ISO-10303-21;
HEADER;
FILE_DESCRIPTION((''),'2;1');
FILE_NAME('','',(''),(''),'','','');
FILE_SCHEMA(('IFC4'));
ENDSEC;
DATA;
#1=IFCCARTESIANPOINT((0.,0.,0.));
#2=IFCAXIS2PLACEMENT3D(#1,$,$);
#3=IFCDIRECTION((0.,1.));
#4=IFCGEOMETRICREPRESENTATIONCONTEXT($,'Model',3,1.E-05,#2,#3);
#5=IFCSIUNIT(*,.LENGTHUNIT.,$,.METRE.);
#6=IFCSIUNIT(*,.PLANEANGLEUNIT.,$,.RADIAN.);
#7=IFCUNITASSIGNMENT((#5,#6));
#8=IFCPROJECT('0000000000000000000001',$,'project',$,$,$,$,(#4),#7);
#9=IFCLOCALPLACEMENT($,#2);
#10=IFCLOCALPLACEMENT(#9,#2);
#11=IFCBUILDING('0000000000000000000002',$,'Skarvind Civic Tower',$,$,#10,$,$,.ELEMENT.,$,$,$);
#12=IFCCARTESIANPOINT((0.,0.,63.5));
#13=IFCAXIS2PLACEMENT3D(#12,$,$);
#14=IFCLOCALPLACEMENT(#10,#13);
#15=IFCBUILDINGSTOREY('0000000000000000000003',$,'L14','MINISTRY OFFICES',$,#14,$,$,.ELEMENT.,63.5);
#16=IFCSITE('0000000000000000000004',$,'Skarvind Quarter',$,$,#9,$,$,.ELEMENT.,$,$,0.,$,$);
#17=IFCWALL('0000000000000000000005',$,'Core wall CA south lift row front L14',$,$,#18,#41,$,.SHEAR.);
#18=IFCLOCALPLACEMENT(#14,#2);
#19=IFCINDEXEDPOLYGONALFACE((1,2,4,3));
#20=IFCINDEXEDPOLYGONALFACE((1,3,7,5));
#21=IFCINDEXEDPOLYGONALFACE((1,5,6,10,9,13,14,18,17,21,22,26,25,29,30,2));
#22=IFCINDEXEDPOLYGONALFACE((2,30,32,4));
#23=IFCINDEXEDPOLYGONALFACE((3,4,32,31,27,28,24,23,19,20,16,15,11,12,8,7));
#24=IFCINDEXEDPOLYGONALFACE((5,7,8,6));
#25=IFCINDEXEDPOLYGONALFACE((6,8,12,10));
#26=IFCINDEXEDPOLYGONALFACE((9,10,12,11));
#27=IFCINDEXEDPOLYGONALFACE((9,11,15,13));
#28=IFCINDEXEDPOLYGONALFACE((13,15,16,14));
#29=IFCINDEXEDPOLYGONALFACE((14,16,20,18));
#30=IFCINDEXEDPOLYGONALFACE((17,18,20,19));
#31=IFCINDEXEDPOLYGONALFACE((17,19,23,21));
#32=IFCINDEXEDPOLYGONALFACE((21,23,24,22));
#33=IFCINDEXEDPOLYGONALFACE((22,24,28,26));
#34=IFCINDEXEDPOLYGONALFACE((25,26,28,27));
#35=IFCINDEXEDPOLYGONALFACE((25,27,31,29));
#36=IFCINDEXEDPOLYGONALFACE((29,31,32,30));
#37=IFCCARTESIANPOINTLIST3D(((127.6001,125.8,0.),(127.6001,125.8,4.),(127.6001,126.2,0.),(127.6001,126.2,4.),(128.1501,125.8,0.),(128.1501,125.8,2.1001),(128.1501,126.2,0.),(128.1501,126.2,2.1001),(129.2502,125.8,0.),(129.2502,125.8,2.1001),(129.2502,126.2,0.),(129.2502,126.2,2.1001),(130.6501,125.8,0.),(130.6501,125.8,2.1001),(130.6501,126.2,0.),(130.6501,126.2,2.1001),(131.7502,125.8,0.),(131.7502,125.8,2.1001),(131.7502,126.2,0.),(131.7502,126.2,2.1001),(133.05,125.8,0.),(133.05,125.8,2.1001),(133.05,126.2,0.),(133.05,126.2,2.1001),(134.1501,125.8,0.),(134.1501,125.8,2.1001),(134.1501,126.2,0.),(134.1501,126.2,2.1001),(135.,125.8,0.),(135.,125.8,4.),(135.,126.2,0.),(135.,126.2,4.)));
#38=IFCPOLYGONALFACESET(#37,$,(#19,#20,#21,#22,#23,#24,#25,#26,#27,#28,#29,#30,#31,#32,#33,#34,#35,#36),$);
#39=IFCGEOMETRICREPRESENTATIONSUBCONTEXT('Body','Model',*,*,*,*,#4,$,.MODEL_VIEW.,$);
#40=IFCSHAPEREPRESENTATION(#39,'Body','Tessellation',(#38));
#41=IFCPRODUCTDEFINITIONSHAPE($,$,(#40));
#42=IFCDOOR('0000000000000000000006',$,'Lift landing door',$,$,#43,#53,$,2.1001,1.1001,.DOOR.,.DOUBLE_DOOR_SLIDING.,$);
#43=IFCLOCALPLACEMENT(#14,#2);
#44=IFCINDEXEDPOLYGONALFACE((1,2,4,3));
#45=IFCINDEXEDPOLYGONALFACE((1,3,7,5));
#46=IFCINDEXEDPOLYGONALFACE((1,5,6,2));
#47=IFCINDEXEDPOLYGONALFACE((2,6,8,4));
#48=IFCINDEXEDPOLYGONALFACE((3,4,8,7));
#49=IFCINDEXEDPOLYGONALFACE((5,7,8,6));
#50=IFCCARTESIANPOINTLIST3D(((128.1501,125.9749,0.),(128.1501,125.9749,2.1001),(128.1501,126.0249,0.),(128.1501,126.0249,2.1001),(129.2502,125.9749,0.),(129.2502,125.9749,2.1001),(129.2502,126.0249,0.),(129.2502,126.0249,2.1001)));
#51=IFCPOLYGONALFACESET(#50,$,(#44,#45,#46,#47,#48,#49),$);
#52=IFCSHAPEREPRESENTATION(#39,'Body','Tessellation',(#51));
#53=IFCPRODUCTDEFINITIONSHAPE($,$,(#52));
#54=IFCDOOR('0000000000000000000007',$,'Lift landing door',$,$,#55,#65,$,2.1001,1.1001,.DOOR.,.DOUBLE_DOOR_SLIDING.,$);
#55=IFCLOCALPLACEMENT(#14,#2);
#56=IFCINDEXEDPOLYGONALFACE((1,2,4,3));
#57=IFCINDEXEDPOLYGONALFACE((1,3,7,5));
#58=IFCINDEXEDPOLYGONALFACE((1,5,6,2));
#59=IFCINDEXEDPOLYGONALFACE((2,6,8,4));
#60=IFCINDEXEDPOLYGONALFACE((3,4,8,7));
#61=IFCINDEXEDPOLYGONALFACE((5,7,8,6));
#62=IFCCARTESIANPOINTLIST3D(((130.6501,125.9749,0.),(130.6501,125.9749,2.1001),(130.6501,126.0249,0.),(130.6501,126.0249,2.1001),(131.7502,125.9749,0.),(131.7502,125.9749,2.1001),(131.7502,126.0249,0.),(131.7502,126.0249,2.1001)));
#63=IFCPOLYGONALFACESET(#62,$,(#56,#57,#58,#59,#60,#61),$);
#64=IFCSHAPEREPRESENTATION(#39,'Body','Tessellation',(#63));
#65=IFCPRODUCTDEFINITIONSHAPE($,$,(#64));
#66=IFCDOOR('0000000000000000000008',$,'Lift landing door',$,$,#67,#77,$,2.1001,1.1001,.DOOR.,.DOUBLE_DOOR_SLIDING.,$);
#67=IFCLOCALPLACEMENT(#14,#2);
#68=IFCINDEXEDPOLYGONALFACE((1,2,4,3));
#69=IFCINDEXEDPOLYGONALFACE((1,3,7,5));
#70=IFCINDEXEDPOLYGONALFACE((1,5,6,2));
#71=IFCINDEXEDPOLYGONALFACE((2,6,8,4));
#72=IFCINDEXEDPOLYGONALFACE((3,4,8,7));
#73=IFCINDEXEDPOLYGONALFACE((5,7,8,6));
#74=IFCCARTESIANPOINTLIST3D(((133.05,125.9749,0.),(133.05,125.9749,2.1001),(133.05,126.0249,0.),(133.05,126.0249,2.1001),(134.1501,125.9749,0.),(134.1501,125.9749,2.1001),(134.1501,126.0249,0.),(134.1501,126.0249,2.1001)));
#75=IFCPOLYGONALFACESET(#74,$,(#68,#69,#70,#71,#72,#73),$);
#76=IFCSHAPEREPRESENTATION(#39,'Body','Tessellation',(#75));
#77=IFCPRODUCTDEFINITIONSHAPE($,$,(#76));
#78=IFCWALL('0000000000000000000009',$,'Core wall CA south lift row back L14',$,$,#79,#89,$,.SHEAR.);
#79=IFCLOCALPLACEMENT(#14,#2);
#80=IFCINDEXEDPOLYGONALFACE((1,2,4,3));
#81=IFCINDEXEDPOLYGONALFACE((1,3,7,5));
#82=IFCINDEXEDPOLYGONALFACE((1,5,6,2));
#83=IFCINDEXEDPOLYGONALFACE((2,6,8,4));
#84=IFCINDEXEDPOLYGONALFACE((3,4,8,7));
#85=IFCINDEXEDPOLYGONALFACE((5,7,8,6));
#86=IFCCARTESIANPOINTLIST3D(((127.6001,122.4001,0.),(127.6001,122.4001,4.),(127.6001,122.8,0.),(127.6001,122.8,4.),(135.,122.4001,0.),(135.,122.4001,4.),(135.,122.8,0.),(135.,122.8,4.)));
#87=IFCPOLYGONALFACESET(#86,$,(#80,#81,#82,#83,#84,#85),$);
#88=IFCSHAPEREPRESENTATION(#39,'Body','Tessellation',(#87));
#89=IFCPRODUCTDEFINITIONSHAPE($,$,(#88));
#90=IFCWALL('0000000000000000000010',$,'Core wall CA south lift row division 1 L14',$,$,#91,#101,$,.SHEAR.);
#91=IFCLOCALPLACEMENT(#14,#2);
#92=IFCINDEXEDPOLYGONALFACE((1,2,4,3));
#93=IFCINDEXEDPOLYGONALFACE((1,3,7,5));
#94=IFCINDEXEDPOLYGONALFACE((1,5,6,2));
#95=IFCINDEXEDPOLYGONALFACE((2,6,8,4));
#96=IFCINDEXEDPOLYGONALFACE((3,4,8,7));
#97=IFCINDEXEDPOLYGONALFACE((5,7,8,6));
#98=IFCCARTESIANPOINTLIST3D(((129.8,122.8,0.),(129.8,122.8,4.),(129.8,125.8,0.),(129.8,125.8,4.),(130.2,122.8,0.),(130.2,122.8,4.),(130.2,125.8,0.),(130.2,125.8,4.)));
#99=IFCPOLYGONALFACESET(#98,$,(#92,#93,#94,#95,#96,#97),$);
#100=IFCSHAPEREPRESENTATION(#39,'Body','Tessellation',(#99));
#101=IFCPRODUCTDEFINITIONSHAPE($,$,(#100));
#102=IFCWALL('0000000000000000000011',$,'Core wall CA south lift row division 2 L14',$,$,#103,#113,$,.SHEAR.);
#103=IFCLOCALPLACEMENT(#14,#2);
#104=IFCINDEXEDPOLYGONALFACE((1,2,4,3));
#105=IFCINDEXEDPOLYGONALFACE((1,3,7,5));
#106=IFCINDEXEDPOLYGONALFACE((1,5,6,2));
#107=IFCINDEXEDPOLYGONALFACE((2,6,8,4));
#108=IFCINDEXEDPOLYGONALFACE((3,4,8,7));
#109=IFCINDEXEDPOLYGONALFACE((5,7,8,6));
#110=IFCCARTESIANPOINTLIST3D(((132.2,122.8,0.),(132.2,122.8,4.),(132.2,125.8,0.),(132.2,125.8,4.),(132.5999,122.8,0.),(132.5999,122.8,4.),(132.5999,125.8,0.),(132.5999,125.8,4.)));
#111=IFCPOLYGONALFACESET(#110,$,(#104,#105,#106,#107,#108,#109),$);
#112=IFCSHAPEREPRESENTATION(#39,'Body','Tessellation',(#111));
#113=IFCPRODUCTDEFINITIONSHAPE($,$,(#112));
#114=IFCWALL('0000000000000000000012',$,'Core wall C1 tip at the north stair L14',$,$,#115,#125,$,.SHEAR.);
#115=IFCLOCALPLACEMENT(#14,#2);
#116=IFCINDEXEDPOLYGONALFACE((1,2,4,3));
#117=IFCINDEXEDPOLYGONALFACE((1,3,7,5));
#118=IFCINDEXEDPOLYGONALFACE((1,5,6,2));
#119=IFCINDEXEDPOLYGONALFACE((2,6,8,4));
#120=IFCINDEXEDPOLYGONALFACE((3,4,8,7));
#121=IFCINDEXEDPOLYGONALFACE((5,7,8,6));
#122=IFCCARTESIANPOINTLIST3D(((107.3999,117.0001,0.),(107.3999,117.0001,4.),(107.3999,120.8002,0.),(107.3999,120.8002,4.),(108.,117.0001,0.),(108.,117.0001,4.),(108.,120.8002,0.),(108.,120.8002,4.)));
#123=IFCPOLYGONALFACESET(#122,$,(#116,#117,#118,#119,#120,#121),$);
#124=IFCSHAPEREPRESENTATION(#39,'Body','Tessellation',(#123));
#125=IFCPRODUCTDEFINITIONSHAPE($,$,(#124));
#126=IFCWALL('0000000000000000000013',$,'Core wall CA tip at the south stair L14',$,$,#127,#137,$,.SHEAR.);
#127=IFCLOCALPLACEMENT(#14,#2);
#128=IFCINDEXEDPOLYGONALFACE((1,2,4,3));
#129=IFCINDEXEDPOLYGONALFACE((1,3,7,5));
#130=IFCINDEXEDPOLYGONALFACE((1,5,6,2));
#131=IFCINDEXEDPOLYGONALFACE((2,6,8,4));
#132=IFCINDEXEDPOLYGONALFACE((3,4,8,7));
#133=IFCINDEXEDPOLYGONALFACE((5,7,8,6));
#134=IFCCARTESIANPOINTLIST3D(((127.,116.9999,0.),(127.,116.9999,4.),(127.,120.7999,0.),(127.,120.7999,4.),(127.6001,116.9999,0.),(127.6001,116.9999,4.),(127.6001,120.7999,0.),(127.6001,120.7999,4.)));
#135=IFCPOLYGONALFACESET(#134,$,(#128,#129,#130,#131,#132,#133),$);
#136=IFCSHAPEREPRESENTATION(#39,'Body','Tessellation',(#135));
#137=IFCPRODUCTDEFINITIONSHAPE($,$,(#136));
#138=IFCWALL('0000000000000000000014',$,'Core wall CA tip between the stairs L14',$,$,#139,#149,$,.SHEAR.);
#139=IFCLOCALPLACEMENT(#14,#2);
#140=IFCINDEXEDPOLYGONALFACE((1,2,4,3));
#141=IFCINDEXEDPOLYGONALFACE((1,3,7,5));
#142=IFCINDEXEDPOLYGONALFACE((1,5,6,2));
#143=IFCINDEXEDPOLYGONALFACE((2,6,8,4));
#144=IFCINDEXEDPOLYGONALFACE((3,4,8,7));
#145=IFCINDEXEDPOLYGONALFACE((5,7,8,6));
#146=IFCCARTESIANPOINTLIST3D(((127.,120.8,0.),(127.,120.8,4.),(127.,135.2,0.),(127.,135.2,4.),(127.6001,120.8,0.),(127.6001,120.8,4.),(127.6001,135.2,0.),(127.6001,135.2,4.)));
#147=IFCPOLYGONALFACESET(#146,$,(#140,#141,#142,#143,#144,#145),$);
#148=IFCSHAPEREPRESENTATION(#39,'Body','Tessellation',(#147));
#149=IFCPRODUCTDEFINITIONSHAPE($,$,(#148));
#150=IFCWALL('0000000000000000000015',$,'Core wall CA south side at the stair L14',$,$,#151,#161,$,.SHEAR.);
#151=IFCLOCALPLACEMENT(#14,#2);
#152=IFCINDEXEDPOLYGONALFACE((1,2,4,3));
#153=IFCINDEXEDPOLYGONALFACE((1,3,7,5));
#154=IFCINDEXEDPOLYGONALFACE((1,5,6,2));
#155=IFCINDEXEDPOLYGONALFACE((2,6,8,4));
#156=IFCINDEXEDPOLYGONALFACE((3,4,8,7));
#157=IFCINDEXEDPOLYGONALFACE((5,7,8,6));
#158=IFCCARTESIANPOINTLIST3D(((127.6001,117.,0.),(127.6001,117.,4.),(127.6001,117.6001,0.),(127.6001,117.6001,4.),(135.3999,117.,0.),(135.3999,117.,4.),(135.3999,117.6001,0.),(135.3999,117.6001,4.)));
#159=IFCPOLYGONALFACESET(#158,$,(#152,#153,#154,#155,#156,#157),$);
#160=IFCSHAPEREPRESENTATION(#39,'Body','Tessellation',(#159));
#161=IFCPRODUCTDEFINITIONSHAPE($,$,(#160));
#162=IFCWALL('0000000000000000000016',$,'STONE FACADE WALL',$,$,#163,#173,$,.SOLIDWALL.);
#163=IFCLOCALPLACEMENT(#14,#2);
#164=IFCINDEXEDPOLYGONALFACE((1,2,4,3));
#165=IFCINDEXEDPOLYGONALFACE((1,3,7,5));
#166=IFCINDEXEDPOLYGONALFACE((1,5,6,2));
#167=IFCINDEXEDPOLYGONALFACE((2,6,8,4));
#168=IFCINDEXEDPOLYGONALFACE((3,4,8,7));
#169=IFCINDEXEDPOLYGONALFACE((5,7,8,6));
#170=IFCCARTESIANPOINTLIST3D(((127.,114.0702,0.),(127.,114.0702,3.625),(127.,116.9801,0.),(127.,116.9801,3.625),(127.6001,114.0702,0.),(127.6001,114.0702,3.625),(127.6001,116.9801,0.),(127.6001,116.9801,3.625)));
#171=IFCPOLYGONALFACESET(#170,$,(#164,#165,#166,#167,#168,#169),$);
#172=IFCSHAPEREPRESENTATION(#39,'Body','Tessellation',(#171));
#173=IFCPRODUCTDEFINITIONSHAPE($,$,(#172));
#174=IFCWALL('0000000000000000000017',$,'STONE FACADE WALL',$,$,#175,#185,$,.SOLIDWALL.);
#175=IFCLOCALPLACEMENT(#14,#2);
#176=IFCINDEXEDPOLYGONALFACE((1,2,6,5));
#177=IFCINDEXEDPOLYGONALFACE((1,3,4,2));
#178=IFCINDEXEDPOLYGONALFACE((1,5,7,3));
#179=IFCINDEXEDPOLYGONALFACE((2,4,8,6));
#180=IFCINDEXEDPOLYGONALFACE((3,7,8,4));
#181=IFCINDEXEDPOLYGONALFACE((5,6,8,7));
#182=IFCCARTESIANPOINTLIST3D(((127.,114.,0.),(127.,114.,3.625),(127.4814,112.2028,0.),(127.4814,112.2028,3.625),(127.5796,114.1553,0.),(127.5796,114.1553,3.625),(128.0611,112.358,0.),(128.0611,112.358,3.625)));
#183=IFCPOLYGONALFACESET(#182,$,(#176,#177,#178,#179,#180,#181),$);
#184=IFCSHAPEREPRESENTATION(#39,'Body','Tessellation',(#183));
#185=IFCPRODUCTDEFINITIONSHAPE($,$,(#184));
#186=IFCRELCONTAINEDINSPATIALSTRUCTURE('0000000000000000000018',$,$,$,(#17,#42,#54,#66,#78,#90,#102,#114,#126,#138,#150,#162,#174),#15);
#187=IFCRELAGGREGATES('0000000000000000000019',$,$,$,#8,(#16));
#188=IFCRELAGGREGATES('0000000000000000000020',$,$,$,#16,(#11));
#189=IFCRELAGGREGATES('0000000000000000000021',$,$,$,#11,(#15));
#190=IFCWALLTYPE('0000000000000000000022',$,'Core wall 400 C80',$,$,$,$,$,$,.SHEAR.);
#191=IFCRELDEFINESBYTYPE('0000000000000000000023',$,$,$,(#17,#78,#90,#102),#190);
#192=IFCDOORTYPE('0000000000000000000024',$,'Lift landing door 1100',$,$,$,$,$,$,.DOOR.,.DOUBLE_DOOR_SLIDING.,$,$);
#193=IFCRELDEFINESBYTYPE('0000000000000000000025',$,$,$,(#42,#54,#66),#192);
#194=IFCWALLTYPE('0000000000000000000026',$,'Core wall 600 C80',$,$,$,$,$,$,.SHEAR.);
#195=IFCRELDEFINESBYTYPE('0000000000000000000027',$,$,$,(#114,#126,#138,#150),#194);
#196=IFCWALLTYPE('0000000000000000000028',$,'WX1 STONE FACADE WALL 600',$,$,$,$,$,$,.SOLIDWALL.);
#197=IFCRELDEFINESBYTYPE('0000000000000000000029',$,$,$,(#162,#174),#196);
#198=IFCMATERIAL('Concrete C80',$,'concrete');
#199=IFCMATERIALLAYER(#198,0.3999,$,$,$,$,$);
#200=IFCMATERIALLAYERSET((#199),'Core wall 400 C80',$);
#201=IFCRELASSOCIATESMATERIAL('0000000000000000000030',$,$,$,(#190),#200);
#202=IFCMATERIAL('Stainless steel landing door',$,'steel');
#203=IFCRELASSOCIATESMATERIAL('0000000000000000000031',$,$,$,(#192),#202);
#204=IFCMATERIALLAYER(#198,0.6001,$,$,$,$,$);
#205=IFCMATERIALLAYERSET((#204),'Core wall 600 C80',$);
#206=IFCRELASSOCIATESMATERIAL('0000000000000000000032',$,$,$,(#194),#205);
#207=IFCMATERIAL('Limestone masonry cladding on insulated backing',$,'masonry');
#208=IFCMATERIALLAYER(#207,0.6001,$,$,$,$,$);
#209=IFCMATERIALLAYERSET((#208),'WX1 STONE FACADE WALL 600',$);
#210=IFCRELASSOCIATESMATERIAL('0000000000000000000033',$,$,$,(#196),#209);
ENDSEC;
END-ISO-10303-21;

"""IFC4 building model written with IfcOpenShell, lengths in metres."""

from ifc_helpers import new_model, si_unit, direction, frame, frame_2d, origin, place, context, subcontext, project, spatial, rectangle, extrude, material, layer, layer_set, type_object, element, fill, save


model = new_model("IFC4")

# Units and contexts
model_context = context("Model", 3, precision=1e-05, world=origin(), true_north=direction((0.0, 1.0)))
body_context = subcontext(model_context, "Body", "Model", "MODEL_VIEW")
ifc_project = project(units=[si_unit("LENGTHUNIT", "METRE"), si_unit("PLANEANGLEUNIT", "RADIAN")], contexts=[model_context])

# Site, building, storey
site_placement = place(None, origin())
site = spatial("IfcSite", under=ifc_project, at=site_placement, Name="Skarvind Quarter", CompositionType="ELEMENT", RefElevation=0.0)
building_placement = place(site_placement, origin())
building = spatial("IfcBuilding", under=site, at=building_placement, Name="Skarvind Civic Tower", CompositionType="ELEMENT")
storey_placement = place(building_placement, frame((0.0, 0.0, 63.5)))
storey = spatial("IfcBuildingStorey", under=building, at=storey_placement, Name="L14", Description="MINISTRY OFFICES", CompositionType="ELEMENT", Elevation=63.5)

# Shared definitions
ifc_material_1 = material(Name="Concrete C80", Category="concrete")
ifc_layer_1 = layer(ifc_material_1, 0.3999)
ifc_layer_set_1 = layer_set([ifc_layer_1], Name="Core wall 400 C80")
wall_type_1 = type_object("IfcWallType", Name="Core wall 400 C80", PredefinedType="SHEAR", material=ifc_layer_set_1)

# Shared definitions
ifc_material_2 = material(Name="Stainless steel landing door", Category="steel")
door_type_1 = type_object("IfcDoorType", Name="Lift landing door 1100", OperationType="DOUBLE_DOOR_SLIDING", PredefinedType="DOOR", material=ifc_material_2)

# Wall, openings, doors
wall_1_placement = place(storey_placement, frame((127.6001, 126.0, 0.0), z_axis=(0.0, 0.0, 1.0), x_axis=(1.0, 0.0, 0.0)))
wall_1 = element("IfcWall", 1, at=wall_1_placement, inside=storey, type_object=wall_type_1, Name="Core wall CA south lift row front L14", PredefinedType="SHEAR", context=body_context, shape_type="SweptSolid", body=[
    extrude(rectangle(XDim=7.3999, YDim=0.3999, at=frame_2d((3.7, 0.0))), origin(), (0.0, 0.0, 1.0), 4.0),
])
opening_1_placement = place(wall_1_placement, frame((0.55, 0.0, 0.0)))
opening_1 = element("IfcOpeningElement", 2, at=opening_1_placement, cuts=wall_1, PredefinedType="OPENING", context=body_context, shape_type="SweptSolid", body=[
    extrude(rectangle(XDim=1.1001, YDim=2.1001, at=frame_2d((0.55, 1.05))), frame((0.0, 0.21, 0.0), z_axis=(0.0, -1.0, 0.0), x_axis=(1.0, 0.0, 0.0)), (0.0, 0.0, 1.0), 0.4199),
])
opening_2_placement = place(wall_1_placement, frame((3.05, 0.0, 0.0)))
opening_2 = element("IfcOpeningElement", 3, at=opening_2_placement, cuts=wall_1, PredefinedType="OPENING", context=body_context, shape_type="SweptSolid", body=[
    extrude(rectangle(XDim=1.1001, YDim=2.1001, at=frame_2d((0.55, 1.05))), frame((0.0, 0.21, 0.0), z_axis=(0.0, -1.0, 0.0), x_axis=(1.0, 0.0, 0.0)), (0.0, 0.0, 1.0), 0.4199),
])
opening_3_placement = place(wall_1_placement, frame((5.45, 0.0, 0.0)))
opening_3 = element("IfcOpeningElement", 4, at=opening_3_placement, cuts=wall_1, PredefinedType="OPENING", context=body_context, shape_type="SweptSolid", body=[
    extrude(rectangle(XDim=1.1001, YDim=2.1001, at=frame_2d((0.55, 1.05))), frame((0.0, 0.21, 0.0), z_axis=(0.0, -1.0, 0.0), x_axis=(1.0, 0.0, 0.0)), (0.0, 0.0, 1.0), 0.4199),
])
door_1_placement = place(opening_1_placement, origin())
door_1 = element("IfcDoor", 5, at=door_1_placement, inside=storey, type_object=door_type_1, Name="Lift landing door", OperationType="DOUBLE_DOOR_SLIDING", OverallHeight=2.1001, OverallWidth=1.1001, PredefinedType="DOOR", context=body_context, shape_type="SweptSolid", body=[
    extrude(rectangle(XDim=1.1001, YDim=2.1001, at=frame_2d((0.55, 1.05))), frame((0.0, 0.0249, 0.0), z_axis=(0.0, -1.0, 0.0), x_axis=(1.0, 0.0, 0.0)), (0.0, 0.0, 1.0), 0.05),
])
fill(opening_1, door_1)
door_2_placement = place(opening_2_placement, origin())
door_2 = element("IfcDoor", 6, at=door_2_placement, inside=storey, type_object=door_type_1, Name="Lift landing door", OperationType="DOUBLE_DOOR_SLIDING", OverallHeight=2.1001, OverallWidth=1.1001, PredefinedType="DOOR", context=body_context, shape_type="SweptSolid", body=[
    extrude(rectangle(XDim=1.1001, YDim=2.1001, at=frame_2d((0.55, 1.05))), frame((0.0, 0.0249, 0.0), z_axis=(0.0, -1.0, 0.0), x_axis=(1.0, 0.0, 0.0)), (0.0, 0.0, 1.0), 0.05),
])
fill(opening_2, door_2)
door_3_placement = place(opening_3_placement, origin())
door_3 = element("IfcDoor", 7, at=door_3_placement, inside=storey, type_object=door_type_1, Name="Lift landing door", OperationType="DOUBLE_DOOR_SLIDING", OverallHeight=2.1001, OverallWidth=1.1001, PredefinedType="DOOR", context=body_context, shape_type="SweptSolid", body=[
    extrude(rectangle(XDim=1.1001, YDim=2.1001, at=frame_2d((0.55, 1.05))), frame((0.0, 0.0249, 0.0), z_axis=(0.0, -1.0, 0.0), x_axis=(1.0, 0.0, 0.0)), (0.0, 0.0, 1.0), 0.05),
])
fill(opening_3, door_3)

# Walls
wall_2_placement = place(storey_placement, frame((127.6001, 122.6001, 0.0), z_axis=(0.0, 0.0, 1.0), x_axis=(1.0, 0.0, 0.0)))
element("IfcWall", 8, at=wall_2_placement, inside=storey, type_object=wall_type_1, Name="Core wall CA south lift row back L14", PredefinedType="SHEAR", context=body_context, shape_type="SweptSolid", body=[
    extrude(rectangle(XDim=7.3999, YDim=0.3999, at=frame_2d((3.7, 0.0))), origin(), (0.0, 0.0, 1.0), 4.0),
])
for number, where, z_axis, x_axis, name in (
    (9, (130.0, 122.8, 0.0), (0.0, 0.0, 1.0), (0.0, 1.0, 0.0), "Core wall CA south lift row division 1 L14"),
    (10, (132.3999, 122.8, 0.0), (0.0, 0.0, 1.0), (0.0, 1.0, 0.0), "Core wall CA south lift row division 2 L14"),
):
    element("IfcWall", number, at=place(storey_placement, frame(where, z_axis=z_axis, x_axis=x_axis)), inside=storey, type_object=wall_type_1, Name=name, PredefinedType="SHEAR", context=body_context, shape_type="SweptSolid", body=[
        extrude(rectangle(XDim=3.0, YDim=0.3999, at=frame_2d((1.5, 0.0))), origin(), (0.0, 0.0, 1.0), 4.0),
    ])
ifc_layer_2 = layer(ifc_material_1, 0.6001)
ifc_layer_set_2 = layer_set([ifc_layer_2], Name="Core wall 600 C80")
wall_type_2 = type_object("IfcWallType", Name="Core wall 600 C80", PredefinedType="SHEAR", material=ifc_layer_set_2)
for number, where, z_axis, x_axis, name in (
    (11, (107.7, 120.8, 0.0), (0.0, 0.0, 1.0), (0.0, -1.0, 0.0), "Core wall C1 tip at the north stair L14"),
    (12, (127.3, 117.0, 0.0), (0.0, 0.0, 1.0), (0.0, 1.0, 0.0), "Core wall CA tip at the south stair L14"),
):
    element("IfcWall", number, at=place(storey_placement, frame(where, z_axis=z_axis, x_axis=x_axis)), inside=storey, type_object=wall_type_2, Name=name, PredefinedType="SHEAR", context=body_context, shape_type="SweptSolid", body=[
        extrude(rectangle(XDim=3.8, YDim=0.6001, at=frame_2d((1.8999, 0.0))), origin(), (0.0, 0.0, 1.0), 4.0),
    ])
wall_3_placement = place(storey_placement, frame((127.3, 120.8, 0.0), z_axis=(0.0, 0.0, 1.0), x_axis=(0.0, 1.0, 0.0)))
element("IfcWall", 13, at=wall_3_placement, inside=storey, type_object=wall_type_2, Name="Core wall CA tip between the stairs L14", PredefinedType="SHEAR", context=body_context, shape_type="SweptSolid", body=[
    extrude(rectangle(XDim=14.3999, YDim=0.6001, at=frame_2d((7.2, 0.0))), origin(), (0.0, 0.0, 1.0), 4.0),
])
wall_4_placement = place(storey_placement, frame((127.6001, 117.3, 0.0), z_axis=(0.0, 0.0, 1.0), x_axis=(1.0, 0.0, 0.0)))
element("IfcWall", 14, at=wall_4_placement, inside=storey, type_object=wall_type_2, Name="Core wall CA south side at the stair L14", PredefinedType="SHEAR", context=body_context, shape_type="SweptSolid", body=[
    extrude(rectangle(XDim=7.7998, YDim=0.6001, at=frame_2d((3.8999, 0.0))), origin(), (0.0, 0.0, 1.0), 4.0),
])
ifc_material_3 = material(Name="Limestone masonry cladding on insulated backing", Category="masonry")
ifc_layer_3 = layer(ifc_material_3, 0.6001)
ifc_layer_set_3 = layer_set([ifc_layer_3], Name="WX1 STONE FACADE WALL 600")
wall_type_3 = type_object("IfcWallType", Name="WX1 STONE FACADE WALL 600", PredefinedType="SOLIDWALL", material=ifc_layer_set_3)
wall_5_placement = place(storey_placement, frame((127.3, 114.0701, 0.0), z_axis=(0.0, 0.0, 1.0), x_axis=(0.0, 1.0, 0.0)))
element("IfcWall", 15, at=wall_5_placement, inside=storey, type_object=wall_type_3, Name="STONE FACADE WALL", PredefinedType="SOLIDWALL", context=body_context, shape_type="SweptSolid", body=[
    extrude(rectangle(XDim=2.9099, YDim=0.6001, at=frame_2d((1.4551, 0.0))), origin(), (0.0, 0.0, 1.0), 3.625),
])
for number, where, z_axis, x_axis, name in (
    (16, (127.7712, 112.2805, 0.0), (0.0, 0.0, 1.0), (-0.258773, 0.965938, 0.0), "STONE FACADE WALL"),
):
    element("IfcWall", number, at=place(storey_placement, frame(where, z_axis=z_axis, x_axis=x_axis)), inside=storey, type_object=wall_type_3, Name=name, PredefinedType="SOLIDWALL", context=body_context, shape_type="SweptSolid", body=[
        extrude(rectangle(XDim=1.8606, YDim=0.6001, at=frame_2d((0.9302, 0.0))), origin(), (0.0, 0.0, 1.0), 3.625),
    ])

save(model, "model.ifc")
